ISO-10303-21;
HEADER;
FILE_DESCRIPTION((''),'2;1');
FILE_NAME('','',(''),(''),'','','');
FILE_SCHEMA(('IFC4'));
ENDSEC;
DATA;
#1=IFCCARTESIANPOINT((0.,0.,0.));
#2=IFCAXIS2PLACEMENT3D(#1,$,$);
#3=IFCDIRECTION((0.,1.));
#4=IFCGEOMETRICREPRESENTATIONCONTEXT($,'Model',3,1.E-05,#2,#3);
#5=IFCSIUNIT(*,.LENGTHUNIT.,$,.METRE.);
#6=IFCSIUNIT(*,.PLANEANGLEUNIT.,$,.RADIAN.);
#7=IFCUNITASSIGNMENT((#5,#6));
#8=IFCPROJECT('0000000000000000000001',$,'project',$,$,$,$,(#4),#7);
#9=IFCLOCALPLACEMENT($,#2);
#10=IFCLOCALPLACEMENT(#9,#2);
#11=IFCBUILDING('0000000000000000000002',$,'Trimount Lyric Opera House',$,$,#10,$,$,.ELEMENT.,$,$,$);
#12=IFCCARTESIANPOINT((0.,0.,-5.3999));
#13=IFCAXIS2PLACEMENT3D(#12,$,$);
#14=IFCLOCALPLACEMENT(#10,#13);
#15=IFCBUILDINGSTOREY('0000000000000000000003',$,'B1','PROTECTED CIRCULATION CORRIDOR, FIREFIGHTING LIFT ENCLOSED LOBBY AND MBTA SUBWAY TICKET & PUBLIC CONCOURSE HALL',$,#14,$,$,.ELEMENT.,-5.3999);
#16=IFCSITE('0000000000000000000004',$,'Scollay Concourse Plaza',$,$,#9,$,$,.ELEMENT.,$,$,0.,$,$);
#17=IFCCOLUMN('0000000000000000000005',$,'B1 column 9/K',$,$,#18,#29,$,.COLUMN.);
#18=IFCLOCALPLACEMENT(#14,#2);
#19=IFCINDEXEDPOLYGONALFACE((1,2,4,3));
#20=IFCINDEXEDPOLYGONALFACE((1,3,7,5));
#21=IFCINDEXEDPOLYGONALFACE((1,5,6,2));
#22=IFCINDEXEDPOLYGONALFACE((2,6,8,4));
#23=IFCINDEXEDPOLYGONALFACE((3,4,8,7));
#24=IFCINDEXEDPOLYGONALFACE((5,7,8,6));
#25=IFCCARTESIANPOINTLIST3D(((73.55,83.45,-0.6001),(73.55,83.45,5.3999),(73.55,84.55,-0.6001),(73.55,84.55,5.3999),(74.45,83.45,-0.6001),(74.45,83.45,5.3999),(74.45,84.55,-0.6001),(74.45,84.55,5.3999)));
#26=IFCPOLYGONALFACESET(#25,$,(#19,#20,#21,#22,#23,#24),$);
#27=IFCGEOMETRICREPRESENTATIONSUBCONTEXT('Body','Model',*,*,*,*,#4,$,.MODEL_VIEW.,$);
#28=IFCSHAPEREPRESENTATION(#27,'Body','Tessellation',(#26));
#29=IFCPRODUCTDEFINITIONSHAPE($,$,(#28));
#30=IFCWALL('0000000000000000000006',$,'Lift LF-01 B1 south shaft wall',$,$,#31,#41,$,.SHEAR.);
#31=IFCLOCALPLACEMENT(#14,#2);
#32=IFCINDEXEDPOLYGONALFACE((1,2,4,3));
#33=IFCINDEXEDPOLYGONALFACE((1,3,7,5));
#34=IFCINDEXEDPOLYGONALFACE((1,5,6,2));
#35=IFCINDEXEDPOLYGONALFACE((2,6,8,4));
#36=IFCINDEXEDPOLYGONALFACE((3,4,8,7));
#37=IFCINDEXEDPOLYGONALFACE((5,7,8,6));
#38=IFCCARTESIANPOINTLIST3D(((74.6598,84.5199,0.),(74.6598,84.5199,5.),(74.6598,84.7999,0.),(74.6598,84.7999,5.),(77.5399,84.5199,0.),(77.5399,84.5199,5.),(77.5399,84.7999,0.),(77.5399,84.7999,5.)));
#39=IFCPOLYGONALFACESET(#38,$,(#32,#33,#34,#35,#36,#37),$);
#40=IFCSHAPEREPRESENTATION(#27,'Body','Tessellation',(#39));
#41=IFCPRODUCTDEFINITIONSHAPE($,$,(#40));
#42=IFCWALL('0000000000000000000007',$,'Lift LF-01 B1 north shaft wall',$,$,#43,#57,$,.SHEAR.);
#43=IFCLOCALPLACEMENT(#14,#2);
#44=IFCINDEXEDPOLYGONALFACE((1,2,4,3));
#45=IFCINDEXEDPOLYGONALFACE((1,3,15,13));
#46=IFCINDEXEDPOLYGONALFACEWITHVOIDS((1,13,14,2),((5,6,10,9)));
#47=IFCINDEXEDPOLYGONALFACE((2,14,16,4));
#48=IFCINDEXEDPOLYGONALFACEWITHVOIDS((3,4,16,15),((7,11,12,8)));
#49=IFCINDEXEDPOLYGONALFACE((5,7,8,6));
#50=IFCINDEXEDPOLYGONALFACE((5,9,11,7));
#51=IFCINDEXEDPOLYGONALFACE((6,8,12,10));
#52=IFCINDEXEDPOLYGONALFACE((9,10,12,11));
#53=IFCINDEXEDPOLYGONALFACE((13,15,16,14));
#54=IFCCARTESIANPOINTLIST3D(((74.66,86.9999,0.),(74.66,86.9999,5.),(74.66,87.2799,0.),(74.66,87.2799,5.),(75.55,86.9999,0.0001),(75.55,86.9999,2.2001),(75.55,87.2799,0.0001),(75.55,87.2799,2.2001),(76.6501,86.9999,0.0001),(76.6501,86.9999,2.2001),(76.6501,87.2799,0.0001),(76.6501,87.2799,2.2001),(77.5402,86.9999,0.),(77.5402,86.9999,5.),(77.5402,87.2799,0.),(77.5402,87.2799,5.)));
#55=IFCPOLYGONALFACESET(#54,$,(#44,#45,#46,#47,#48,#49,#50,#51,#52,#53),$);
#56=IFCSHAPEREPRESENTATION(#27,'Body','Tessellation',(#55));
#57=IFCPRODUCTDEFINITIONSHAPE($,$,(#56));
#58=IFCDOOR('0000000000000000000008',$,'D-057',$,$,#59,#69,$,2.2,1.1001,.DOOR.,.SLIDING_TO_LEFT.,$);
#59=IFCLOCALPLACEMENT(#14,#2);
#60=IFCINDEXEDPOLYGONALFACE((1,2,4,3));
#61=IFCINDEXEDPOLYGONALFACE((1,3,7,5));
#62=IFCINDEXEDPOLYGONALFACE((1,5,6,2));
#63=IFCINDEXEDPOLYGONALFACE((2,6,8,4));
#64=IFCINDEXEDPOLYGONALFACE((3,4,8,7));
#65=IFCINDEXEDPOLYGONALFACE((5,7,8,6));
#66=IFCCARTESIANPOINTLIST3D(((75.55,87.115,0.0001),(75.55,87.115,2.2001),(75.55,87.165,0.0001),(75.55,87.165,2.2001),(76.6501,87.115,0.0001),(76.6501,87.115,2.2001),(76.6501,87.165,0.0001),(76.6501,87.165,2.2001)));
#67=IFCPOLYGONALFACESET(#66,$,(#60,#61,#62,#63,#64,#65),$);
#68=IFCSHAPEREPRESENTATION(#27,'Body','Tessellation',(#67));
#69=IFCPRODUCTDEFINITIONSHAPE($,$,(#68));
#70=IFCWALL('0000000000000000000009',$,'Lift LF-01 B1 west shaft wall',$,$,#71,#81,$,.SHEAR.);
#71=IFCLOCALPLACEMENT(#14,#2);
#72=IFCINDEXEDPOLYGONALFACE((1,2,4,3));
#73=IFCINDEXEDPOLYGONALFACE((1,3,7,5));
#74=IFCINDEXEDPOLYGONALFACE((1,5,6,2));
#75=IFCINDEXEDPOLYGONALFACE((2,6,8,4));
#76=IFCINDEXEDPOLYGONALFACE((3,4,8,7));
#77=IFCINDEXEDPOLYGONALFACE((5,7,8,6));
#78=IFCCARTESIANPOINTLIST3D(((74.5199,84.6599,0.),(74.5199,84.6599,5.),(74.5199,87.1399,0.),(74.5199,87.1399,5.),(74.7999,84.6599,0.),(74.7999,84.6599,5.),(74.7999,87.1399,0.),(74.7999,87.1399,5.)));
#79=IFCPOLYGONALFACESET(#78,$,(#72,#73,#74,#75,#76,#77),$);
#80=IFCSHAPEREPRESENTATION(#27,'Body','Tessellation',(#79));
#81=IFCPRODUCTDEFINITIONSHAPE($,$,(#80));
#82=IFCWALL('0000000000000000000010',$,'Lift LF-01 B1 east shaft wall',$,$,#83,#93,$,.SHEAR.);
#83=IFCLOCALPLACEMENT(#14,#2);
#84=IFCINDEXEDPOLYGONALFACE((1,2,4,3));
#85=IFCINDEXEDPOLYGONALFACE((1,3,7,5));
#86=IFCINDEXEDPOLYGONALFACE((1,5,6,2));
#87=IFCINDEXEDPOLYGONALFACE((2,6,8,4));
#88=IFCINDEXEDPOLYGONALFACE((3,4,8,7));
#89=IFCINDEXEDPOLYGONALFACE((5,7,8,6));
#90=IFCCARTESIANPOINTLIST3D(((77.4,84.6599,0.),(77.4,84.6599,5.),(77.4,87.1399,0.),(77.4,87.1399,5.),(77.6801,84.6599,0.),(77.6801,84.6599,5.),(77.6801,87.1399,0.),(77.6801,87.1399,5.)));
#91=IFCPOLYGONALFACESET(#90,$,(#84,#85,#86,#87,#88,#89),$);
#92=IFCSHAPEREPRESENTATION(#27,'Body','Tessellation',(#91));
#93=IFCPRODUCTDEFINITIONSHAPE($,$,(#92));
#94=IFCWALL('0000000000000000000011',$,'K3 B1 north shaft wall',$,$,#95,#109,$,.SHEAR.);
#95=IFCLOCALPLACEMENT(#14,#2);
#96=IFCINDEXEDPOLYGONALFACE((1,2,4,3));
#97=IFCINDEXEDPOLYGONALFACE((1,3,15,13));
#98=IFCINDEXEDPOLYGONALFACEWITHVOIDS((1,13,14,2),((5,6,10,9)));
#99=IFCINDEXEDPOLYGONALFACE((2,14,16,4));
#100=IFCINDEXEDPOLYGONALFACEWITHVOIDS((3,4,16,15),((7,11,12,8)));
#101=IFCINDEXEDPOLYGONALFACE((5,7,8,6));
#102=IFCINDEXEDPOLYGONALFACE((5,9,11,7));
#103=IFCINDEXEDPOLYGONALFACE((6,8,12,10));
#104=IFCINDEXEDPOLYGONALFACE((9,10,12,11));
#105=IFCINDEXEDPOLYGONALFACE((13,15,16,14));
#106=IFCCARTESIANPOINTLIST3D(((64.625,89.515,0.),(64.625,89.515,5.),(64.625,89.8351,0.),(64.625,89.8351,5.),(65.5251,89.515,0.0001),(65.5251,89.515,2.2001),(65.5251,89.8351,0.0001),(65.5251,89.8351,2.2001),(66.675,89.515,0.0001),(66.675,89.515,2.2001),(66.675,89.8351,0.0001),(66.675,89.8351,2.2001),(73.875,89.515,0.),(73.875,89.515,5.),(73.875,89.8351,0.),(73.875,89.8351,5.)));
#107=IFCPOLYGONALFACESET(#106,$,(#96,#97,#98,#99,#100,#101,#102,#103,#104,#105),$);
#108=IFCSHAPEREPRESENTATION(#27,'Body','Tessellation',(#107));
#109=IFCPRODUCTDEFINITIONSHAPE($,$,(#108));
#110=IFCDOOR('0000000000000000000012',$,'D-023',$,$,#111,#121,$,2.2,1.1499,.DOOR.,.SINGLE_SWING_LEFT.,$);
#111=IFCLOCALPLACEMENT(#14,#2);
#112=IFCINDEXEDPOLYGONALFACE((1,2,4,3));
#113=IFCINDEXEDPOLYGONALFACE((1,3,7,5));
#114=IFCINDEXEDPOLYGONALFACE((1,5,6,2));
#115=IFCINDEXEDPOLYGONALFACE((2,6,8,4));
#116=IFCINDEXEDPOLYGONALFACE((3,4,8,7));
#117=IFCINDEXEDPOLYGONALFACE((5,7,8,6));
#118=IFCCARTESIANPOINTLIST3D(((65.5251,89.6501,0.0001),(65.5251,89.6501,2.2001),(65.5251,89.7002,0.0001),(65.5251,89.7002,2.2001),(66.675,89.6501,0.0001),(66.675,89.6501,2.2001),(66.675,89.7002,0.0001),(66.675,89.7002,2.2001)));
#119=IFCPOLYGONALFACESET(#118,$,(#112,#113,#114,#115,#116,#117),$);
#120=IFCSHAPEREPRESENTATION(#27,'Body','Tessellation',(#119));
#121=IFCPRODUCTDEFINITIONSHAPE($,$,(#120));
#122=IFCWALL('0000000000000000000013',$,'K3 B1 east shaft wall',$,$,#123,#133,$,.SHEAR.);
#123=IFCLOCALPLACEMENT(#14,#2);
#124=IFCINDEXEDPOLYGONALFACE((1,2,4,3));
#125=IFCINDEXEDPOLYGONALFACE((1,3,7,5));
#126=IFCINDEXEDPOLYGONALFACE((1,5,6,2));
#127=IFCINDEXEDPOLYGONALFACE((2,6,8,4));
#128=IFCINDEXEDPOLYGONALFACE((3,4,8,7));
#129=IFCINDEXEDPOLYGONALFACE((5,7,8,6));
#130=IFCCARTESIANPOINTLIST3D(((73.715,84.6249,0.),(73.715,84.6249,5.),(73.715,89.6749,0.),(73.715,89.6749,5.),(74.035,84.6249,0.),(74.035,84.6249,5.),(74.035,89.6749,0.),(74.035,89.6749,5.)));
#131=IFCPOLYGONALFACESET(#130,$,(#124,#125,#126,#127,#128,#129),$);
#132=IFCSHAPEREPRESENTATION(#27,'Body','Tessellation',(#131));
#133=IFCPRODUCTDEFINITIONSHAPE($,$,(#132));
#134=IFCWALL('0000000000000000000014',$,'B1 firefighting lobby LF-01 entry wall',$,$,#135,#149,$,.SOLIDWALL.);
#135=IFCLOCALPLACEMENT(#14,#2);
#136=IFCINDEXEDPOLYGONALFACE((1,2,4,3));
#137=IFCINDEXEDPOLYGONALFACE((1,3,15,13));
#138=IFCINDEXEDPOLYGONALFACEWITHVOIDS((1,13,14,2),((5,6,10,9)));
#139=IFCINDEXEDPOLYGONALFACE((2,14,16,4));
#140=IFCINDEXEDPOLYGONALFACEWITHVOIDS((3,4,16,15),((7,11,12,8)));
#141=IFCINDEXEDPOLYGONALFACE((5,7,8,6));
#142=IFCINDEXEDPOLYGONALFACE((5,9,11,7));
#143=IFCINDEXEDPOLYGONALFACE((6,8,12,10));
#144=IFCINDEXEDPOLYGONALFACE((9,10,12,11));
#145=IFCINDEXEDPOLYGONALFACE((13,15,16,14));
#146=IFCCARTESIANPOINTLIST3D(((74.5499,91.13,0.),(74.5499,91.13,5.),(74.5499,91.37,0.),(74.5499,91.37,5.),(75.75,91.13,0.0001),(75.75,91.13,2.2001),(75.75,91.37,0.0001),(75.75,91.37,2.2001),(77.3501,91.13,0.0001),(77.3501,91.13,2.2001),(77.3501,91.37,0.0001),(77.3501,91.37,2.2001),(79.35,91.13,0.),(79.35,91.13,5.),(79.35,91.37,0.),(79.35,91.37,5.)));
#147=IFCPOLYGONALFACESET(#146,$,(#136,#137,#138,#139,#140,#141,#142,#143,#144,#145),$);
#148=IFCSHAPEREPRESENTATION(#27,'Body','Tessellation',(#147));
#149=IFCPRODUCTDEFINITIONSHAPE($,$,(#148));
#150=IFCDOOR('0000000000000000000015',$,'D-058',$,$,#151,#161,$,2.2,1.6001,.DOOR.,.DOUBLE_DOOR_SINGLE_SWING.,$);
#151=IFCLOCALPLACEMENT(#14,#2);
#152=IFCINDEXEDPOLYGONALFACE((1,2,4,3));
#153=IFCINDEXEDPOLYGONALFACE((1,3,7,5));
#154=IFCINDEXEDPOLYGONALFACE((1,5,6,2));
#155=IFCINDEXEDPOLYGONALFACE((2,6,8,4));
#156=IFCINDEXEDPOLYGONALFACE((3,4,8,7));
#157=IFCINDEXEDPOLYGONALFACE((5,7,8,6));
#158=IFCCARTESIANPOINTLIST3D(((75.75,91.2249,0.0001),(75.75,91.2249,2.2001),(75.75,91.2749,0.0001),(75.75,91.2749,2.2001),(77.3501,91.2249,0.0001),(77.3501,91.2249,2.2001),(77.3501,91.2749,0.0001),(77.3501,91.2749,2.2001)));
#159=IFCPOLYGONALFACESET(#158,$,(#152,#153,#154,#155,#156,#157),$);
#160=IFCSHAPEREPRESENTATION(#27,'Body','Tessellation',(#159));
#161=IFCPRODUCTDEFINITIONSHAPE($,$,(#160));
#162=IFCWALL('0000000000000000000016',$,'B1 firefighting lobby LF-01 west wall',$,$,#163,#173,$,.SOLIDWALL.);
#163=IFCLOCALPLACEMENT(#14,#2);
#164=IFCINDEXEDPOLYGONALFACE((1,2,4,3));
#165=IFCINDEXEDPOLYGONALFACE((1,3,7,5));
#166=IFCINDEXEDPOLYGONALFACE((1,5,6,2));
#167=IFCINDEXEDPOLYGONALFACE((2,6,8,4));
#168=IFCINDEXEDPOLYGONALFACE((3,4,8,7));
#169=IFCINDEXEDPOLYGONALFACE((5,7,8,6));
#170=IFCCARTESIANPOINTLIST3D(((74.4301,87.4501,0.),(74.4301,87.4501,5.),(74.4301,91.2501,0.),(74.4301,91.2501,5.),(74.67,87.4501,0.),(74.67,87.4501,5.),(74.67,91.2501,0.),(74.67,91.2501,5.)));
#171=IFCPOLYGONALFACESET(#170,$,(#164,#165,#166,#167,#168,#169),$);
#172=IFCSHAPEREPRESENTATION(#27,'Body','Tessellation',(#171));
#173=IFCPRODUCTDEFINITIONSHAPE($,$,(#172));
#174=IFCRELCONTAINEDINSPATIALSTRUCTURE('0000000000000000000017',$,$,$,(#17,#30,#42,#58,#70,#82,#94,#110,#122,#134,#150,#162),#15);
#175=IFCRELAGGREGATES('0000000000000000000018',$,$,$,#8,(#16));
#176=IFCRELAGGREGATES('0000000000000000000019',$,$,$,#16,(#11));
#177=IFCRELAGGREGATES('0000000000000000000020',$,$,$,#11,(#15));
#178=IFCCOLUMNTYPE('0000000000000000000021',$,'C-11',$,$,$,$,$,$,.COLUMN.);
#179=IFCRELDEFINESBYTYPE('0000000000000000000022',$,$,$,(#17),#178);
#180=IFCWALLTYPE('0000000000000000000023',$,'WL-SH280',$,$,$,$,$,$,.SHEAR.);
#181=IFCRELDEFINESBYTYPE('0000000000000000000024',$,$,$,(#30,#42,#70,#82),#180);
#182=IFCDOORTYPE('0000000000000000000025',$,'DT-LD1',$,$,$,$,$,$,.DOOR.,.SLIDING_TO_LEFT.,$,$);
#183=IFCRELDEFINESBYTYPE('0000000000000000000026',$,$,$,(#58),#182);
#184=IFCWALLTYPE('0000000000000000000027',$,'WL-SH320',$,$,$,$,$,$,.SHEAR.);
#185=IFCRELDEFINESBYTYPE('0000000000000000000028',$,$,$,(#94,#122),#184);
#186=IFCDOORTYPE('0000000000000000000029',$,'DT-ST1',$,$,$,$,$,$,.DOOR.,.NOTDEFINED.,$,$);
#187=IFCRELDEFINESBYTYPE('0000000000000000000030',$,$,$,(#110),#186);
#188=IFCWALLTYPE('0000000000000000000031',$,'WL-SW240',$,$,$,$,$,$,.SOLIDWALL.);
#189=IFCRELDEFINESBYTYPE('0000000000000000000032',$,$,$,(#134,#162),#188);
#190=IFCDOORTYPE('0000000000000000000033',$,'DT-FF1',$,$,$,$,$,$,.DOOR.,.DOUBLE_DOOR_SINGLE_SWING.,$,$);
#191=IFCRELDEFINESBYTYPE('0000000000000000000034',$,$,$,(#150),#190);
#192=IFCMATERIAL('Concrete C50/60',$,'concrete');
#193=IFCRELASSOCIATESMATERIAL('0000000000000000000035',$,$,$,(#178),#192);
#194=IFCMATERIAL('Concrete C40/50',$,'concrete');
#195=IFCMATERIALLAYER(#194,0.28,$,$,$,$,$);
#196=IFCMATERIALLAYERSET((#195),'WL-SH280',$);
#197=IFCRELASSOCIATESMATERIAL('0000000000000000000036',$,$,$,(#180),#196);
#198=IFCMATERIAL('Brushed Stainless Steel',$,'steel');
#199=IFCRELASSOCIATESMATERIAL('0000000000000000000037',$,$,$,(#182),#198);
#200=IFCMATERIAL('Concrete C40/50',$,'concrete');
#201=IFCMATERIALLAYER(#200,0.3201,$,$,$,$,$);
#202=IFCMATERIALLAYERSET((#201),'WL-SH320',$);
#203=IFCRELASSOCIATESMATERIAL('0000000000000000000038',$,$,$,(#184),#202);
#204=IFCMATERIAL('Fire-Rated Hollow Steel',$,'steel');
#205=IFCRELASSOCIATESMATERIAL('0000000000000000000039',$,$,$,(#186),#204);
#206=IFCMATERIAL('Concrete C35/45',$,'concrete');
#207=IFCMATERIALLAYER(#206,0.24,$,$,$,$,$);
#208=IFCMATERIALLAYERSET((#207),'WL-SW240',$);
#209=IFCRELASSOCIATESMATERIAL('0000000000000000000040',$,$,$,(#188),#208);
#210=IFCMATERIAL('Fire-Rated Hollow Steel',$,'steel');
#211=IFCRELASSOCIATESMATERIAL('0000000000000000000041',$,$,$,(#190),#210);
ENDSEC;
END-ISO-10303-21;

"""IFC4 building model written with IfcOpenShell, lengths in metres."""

from ifc_helpers import new_model, si_unit, direction, frame, frame_2d, origin, origin_2d, place, context, subcontext, project, spatial, rectangle, extrude, material, layer, layer_set, material_profile, profile_set, type_object, element, fill, save


model = new_model("IFC4")

# Units and contexts
model_context = context("Model", 3, precision=1e-05, world=origin(), true_north=direction((0.0, 1.0)))
body_context = subcontext(model_context, "Body", "Model", "MODEL_VIEW")
ifc_project = project(units=[si_unit("LENGTHUNIT", "METRE"), si_unit("PLANEANGLEUNIT", "RADIAN")], contexts=[model_context])

# Site, building, storey
site_placement = place(None, origin())
site = spatial("IfcSite", under=ifc_project, at=site_placement, Name="Scollay Concourse Plaza", CompositionType="ELEMENT", RefElevation=0.0)
building_placement = place(site_placement, origin())
building = spatial("IfcBuilding", under=site, at=building_placement, Name="Trimount Lyric Opera House", CompositionType="ELEMENT")
storey_placement = place(building_placement, frame((0.0, 0.0, -5.3999)))
storey = spatial("IfcBuildingStorey", under=building, at=storey_placement, Name="B1", Description="PROTECTED CIRCULATION CORRIDOR, FIREFIGHTING LIFT ENCLOSED LOBBY AND MBTA SUBWAY TICKET & PUBLIC CONCOURSE HALL", CompositionType="ELEMENT", Elevation=-5.3999)

# Column
ifc_material_1 = material(Name="Concrete C50/60", Category="concrete")
ifc_material_profile_1 = material_profile(ifc_material_1, rectangle(XDim=0.8999, YDim=1.1001, at=origin_2d()), Name="RC1100X900")
ifc_profile_set_1 = profile_set([ifc_material_profile_1], Name="Concrete C50/60")
column_type = type_object("IfcColumnType", Name="C-11", PredefinedType="COLUMN", material=ifc_profile_set_1)
column_placement = place(storey_placement, frame((74.0, 84.0, -0.6001), z_axis=(0.0, 0.0, 1.0), x_axis=(1.0, 0.0, 0.0)))
element("IfcColumn", 1, at=column_placement, inside=storey, type_object=column_type, Name="B1 column 9/K", PredefinedType="COLUMN", context=body_context, shape_type="SweptSolid", body=[
    extrude(rectangle(XDim=0.8999, YDim=1.1001, at=origin_2d()), origin(), (0.0, 0.0, 1.0), 6.0),
])

# Wall
ifc_material_2 = material(Name="Concrete C40/50", Category="concrete")
ifc_layer_1 = layer(ifc_material_2, 0.28)
ifc_layer_set_1 = layer_set([ifc_layer_1], Name="WL-SH280")
wall_type_1 = type_object("IfcWallType", Name="WL-SH280", PredefinedType="SHEAR", material=ifc_layer_set_1)
wall_1_placement = place(storey_placement, frame((74.6599, 84.6599, 0.0), z_axis=(0.0, 0.0, 1.0), x_axis=(1.0, 0.0, 0.0)))
element("IfcWall", 2, at=wall_1_placement, inside=storey, type_object=wall_type_1, Name="Lift LF-01 B1 south shaft wall", PredefinedType="SHEAR", context=body_context, shape_type="SweptSolid", body=[
    extrude(rectangle(XDim=2.8801, YDim=0.28, at=frame_2d((1.4399, 0.0))), origin(), (0.0, 0.0, 1.0), 5.0),
])

# Wall, opening, door
wall_2_placement = place(storey_placement, frame((77.54, 87.1399, 0.0), z_axis=(0.0, 0.0, 1.0), x_axis=(-1.0, 0.0, 0.0)))
wall_2 = element("IfcWall", 3, at=wall_2_placement, inside=storey, type_object=wall_type_1, Name="Lift LF-01 B1 north shaft wall", PredefinedType="SHEAR", context=body_context, shape_type="SweptSolid", body=[
    extrude(rectangle(XDim=2.8801, YDim=0.28, at=frame_2d((1.4399, 0.0))), origin(), (0.0, 0.0, 1.0), 5.0),
])
opening_1_placement = place(wall_2_placement, frame((0.8899, 0.0, 0.0)))
opening_1 = element("IfcOpeningElement", 4, at=opening_1_placement, cuts=wall_2, PredefinedType="OPENING", context=body_context, shape_type="SweptSolid", body=[
    extrude(rectangle(XDim=1.1001, YDim=2.2, at=frame_2d((0.55, 1.1001))), frame((0.0, 0.1499, 0.0), z_axis=(0.0, -1.0, 0.0), x_axis=(1.0, 0.0, 0.0)), (0.0, 0.0, 1.0), 0.3),
])
ifc_material_3 = material(Name="Brushed Stainless Steel", Category="steel")
door_type_1 = type_object("IfcDoorType", Name="DT-LD1", OperationType="SLIDING_TO_LEFT", PredefinedType="DOOR", material=ifc_material_3)
door_1_placement = place(opening_1_placement, origin())
door_1 = element("IfcDoor", 5, at=door_1_placement, inside=storey, type_object=door_type_1, Name="D-057", OperationType="SLIDING_TO_LEFT", OverallHeight=2.2, OverallWidth=1.1001, PredefinedType="DOOR", context=body_context, shape_type="SweptSolid", body=[
    extrude(rectangle(XDim=1.1001, YDim=2.2, at=frame_2d((0.55, 1.1001))), frame((0.0, 0.0249, 0.0), z_axis=(0.0, -1.0, 0.0), x_axis=(1.0, 0.0, 0.0)), (0.0, 0.0, 1.0), 0.05),
])
fill(opening_1, door_1)

# Walls
for number, where, z_axis, x_axis, name in (
    (6, (74.6599, 87.1399, 0.0), (0.0, 0.0, 1.0), (0.0, -1.0, 0.0), "Lift LF-01 B1 west shaft wall"),
    (7, (77.54, 84.6599, 0.0), (0.0, 0.0, 1.0), (0.0, 1.0, 0.0), "Lift LF-01 B1 east shaft wall"),
):
    element("IfcWall", number, at=place(storey_placement, frame(where, z_axis=z_axis, x_axis=x_axis)), inside=storey, type_object=wall_type_1, Name=name, PredefinedType="SHEAR", context=body_context, shape_type="SweptSolid", body=[
        extrude(rectangle(XDim=2.48, YDim=0.28, at=frame_2d((1.24, 0.0))), origin(), (0.0, 0.0, 1.0), 5.0),
    ])

# Wall, opening, door
ifc_material_4 = material(Name="Concrete C40/50", Category="concrete")
ifc_layer_2 = layer(ifc_material_4, 0.3201)
ifc_layer_set_2 = layer_set([ifc_layer_2], Name="WL-SH320")
wall_type_2 = type_object("IfcWallType", Name="WL-SH320", PredefinedType="SHEAR", material=ifc_layer_set_2)
wall_3_placement = place(storey_placement, frame((73.875, 89.675, 0.0), z_axis=(0.0, 0.0, 1.0), x_axis=(-1.0, 0.0, 0.0)))
wall_3 = element("IfcWall", 8, at=wall_3_placement, inside=storey, type_object=wall_type_2, Name="K3 B1 north shaft wall", PredefinedType="SHEAR", context=body_context, shape_type="SweptSolid", body=[
    extrude(rectangle(XDim=9.25, YDim=0.3201, at=frame_2d((4.625, 0.0))), origin(), (0.0, 0.0, 1.0), 5.0),
])
opening_2_placement = place(wall_3_placement, frame((7.2, 0.0, 0.0)))
opening_2 = element("IfcOpeningElement", 9, at=opening_2_placement, cuts=wall_3, PredefinedType="OPENING", context=body_context, shape_type="SweptSolid", body=[
    extrude(rectangle(XDim=1.1499, YDim=2.2, at=frame_2d((0.575, 1.1001))), frame((0.0, 0.1699, 0.0), z_axis=(0.0, -1.0, 0.0), x_axis=(1.0, 0.0, 0.0)), (0.0, 0.0, 1.0), 0.3401),
])
ifc_material_5 = material(Name="Fire-Rated Hollow Steel", Category="steel")
door_type_2 = type_object("IfcDoorType", Name="DT-ST1", OperationType="NOTDEFINED", PredefinedType="DOOR", material=ifc_material_5)
door_2_placement = place(opening_2_placement, origin())
door_2 = element("IfcDoor", 10, at=door_2_placement, inside=storey, type_object=door_type_2, Name="D-023", OperationType="SINGLE_SWING_LEFT", OverallHeight=2.2, OverallWidth=1.1499, PredefinedType="DOOR", context=body_context, shape_type="SweptSolid", body=[
    extrude(rectangle(XDim=1.1499, YDim=2.2, at=frame_2d((0.575, 1.1001))), frame((0.0, 0.0249, 0.0), z_axis=(0.0, -1.0, 0.0), x_axis=(1.0, 0.0, 0.0)), (0.0, 0.0, 1.0), 0.05),
])
fill(opening_2, door_2)

# Wall
wall_4_placement = place(storey_placement, frame((73.875, 84.625, 0.0), z_axis=(0.0, 0.0, 1.0), x_axis=(0.0, 1.0, 0.0)))
element("IfcWall", 11, at=wall_4_placement, inside=storey, type_object=wall_type_2, Name="K3 B1 east shaft wall", PredefinedType="SHEAR", context=body_context, shape_type="SweptSolid", body=[
    extrude(rectangle(XDim=5.05, YDim=0.3201, at=frame_2d((2.5249, 0.0))), origin(), (0.0, 0.0, 1.0), 5.0),
])

# Wall, opening, door
ifc_material_6 = material(Name="Concrete C35/45", Category="concrete")
ifc_layer_3 = layer(ifc_material_6, 0.24)
ifc_layer_set_3 = layer_set([ifc_layer_3], Name="WL-SW240")
wall_type_3 = type_object("IfcWallType", Name="WL-SW240", PredefinedType="SOLIDWALL", material=ifc_layer_set_3)
wall_5_placement = place(storey_placement, frame((74.55, 91.25, 0.0), z_axis=(0.0, 0.0, 1.0), x_axis=(1.0, 0.0, 0.0)))
wall_5 = element("IfcWall", 12, at=wall_5_placement, inside=storey, type_object=wall_type_3, Name="B1 firefighting lobby LF-01 entry wall", PredefinedType="SOLIDWALL", context=body_context, shape_type="SweptSolid", body=[
    extrude(rectangle(XDim=4.8, YDim=0.24, at=frame_2d((2.3999, 0.0))), origin(), (0.0, 0.0, 1.0), 5.0),
])
opening_3_placement = place(wall_5_placement, frame((1.2, 0.0, 0.0)))
opening_3 = element("IfcOpeningElement", 13, at=opening_3_placement, cuts=wall_5, PredefinedType="OPENING", context=body_context, shape_type="SweptSolid", body=[
    extrude(rectangle(XDim=1.6001, YDim=2.2, at=frame_2d((0.8, 1.1001))), frame((0.0, 0.1299, 0.0), z_axis=(0.0, -1.0, 0.0), x_axis=(1.0, 0.0, 0.0)), (0.0, 0.0, 1.0), 0.26),
])
ifc_material_7 = material(Name="Fire-Rated Hollow Steel", Category="steel")
door_type_3 = type_object("IfcDoorType", Name="DT-FF1", OperationType="DOUBLE_DOOR_SINGLE_SWING", PredefinedType="DOOR", material=ifc_material_7)
door_3_placement = place(opening_3_placement, origin())
door_3 = element("IfcDoor", 14, at=door_3_placement, inside=storey, type_object=door_type_3, Name="D-058", OperationType="DOUBLE_DOOR_SINGLE_SWING", OverallHeight=2.2, OverallWidth=1.6001, PredefinedType="DOOR", context=body_context, shape_type="SweptSolid", body=[
    extrude(rectangle(XDim=1.6001, YDim=2.2, at=frame_2d((0.8, 1.1001))), frame((0.0, 0.0249, 0.0), z_axis=(0.0, -1.0, 0.0), x_axis=(1.0, 0.0, 0.0)), (0.0, 0.0, 1.0), 0.05),
])
fill(opening_3, door_3)

# Wall
for number, where, z_axis, x_axis, name in (
    (15, (74.55, 91.25, 0.0), (0.0, 0.0, 1.0), (0.0, -1.0, 0.0), "B1 firefighting lobby LF-01 west wall"),
):
    element("IfcWall", number, at=place(storey_placement, frame(where, z_axis=z_axis, x_axis=x_axis)), inside=storey, type_object=wall_type_3, Name=name, PredefinedType="SOLIDWALL", context=body_context, shape_type="SweptSolid", body=[
        extrude(rectangle(XDim=3.8, YDim=0.24, at=frame_2d((1.8999, 0.0))), origin(), (0.0, 0.0, 1.0), 5.0),
    ])

save(model, "model.ifc")
